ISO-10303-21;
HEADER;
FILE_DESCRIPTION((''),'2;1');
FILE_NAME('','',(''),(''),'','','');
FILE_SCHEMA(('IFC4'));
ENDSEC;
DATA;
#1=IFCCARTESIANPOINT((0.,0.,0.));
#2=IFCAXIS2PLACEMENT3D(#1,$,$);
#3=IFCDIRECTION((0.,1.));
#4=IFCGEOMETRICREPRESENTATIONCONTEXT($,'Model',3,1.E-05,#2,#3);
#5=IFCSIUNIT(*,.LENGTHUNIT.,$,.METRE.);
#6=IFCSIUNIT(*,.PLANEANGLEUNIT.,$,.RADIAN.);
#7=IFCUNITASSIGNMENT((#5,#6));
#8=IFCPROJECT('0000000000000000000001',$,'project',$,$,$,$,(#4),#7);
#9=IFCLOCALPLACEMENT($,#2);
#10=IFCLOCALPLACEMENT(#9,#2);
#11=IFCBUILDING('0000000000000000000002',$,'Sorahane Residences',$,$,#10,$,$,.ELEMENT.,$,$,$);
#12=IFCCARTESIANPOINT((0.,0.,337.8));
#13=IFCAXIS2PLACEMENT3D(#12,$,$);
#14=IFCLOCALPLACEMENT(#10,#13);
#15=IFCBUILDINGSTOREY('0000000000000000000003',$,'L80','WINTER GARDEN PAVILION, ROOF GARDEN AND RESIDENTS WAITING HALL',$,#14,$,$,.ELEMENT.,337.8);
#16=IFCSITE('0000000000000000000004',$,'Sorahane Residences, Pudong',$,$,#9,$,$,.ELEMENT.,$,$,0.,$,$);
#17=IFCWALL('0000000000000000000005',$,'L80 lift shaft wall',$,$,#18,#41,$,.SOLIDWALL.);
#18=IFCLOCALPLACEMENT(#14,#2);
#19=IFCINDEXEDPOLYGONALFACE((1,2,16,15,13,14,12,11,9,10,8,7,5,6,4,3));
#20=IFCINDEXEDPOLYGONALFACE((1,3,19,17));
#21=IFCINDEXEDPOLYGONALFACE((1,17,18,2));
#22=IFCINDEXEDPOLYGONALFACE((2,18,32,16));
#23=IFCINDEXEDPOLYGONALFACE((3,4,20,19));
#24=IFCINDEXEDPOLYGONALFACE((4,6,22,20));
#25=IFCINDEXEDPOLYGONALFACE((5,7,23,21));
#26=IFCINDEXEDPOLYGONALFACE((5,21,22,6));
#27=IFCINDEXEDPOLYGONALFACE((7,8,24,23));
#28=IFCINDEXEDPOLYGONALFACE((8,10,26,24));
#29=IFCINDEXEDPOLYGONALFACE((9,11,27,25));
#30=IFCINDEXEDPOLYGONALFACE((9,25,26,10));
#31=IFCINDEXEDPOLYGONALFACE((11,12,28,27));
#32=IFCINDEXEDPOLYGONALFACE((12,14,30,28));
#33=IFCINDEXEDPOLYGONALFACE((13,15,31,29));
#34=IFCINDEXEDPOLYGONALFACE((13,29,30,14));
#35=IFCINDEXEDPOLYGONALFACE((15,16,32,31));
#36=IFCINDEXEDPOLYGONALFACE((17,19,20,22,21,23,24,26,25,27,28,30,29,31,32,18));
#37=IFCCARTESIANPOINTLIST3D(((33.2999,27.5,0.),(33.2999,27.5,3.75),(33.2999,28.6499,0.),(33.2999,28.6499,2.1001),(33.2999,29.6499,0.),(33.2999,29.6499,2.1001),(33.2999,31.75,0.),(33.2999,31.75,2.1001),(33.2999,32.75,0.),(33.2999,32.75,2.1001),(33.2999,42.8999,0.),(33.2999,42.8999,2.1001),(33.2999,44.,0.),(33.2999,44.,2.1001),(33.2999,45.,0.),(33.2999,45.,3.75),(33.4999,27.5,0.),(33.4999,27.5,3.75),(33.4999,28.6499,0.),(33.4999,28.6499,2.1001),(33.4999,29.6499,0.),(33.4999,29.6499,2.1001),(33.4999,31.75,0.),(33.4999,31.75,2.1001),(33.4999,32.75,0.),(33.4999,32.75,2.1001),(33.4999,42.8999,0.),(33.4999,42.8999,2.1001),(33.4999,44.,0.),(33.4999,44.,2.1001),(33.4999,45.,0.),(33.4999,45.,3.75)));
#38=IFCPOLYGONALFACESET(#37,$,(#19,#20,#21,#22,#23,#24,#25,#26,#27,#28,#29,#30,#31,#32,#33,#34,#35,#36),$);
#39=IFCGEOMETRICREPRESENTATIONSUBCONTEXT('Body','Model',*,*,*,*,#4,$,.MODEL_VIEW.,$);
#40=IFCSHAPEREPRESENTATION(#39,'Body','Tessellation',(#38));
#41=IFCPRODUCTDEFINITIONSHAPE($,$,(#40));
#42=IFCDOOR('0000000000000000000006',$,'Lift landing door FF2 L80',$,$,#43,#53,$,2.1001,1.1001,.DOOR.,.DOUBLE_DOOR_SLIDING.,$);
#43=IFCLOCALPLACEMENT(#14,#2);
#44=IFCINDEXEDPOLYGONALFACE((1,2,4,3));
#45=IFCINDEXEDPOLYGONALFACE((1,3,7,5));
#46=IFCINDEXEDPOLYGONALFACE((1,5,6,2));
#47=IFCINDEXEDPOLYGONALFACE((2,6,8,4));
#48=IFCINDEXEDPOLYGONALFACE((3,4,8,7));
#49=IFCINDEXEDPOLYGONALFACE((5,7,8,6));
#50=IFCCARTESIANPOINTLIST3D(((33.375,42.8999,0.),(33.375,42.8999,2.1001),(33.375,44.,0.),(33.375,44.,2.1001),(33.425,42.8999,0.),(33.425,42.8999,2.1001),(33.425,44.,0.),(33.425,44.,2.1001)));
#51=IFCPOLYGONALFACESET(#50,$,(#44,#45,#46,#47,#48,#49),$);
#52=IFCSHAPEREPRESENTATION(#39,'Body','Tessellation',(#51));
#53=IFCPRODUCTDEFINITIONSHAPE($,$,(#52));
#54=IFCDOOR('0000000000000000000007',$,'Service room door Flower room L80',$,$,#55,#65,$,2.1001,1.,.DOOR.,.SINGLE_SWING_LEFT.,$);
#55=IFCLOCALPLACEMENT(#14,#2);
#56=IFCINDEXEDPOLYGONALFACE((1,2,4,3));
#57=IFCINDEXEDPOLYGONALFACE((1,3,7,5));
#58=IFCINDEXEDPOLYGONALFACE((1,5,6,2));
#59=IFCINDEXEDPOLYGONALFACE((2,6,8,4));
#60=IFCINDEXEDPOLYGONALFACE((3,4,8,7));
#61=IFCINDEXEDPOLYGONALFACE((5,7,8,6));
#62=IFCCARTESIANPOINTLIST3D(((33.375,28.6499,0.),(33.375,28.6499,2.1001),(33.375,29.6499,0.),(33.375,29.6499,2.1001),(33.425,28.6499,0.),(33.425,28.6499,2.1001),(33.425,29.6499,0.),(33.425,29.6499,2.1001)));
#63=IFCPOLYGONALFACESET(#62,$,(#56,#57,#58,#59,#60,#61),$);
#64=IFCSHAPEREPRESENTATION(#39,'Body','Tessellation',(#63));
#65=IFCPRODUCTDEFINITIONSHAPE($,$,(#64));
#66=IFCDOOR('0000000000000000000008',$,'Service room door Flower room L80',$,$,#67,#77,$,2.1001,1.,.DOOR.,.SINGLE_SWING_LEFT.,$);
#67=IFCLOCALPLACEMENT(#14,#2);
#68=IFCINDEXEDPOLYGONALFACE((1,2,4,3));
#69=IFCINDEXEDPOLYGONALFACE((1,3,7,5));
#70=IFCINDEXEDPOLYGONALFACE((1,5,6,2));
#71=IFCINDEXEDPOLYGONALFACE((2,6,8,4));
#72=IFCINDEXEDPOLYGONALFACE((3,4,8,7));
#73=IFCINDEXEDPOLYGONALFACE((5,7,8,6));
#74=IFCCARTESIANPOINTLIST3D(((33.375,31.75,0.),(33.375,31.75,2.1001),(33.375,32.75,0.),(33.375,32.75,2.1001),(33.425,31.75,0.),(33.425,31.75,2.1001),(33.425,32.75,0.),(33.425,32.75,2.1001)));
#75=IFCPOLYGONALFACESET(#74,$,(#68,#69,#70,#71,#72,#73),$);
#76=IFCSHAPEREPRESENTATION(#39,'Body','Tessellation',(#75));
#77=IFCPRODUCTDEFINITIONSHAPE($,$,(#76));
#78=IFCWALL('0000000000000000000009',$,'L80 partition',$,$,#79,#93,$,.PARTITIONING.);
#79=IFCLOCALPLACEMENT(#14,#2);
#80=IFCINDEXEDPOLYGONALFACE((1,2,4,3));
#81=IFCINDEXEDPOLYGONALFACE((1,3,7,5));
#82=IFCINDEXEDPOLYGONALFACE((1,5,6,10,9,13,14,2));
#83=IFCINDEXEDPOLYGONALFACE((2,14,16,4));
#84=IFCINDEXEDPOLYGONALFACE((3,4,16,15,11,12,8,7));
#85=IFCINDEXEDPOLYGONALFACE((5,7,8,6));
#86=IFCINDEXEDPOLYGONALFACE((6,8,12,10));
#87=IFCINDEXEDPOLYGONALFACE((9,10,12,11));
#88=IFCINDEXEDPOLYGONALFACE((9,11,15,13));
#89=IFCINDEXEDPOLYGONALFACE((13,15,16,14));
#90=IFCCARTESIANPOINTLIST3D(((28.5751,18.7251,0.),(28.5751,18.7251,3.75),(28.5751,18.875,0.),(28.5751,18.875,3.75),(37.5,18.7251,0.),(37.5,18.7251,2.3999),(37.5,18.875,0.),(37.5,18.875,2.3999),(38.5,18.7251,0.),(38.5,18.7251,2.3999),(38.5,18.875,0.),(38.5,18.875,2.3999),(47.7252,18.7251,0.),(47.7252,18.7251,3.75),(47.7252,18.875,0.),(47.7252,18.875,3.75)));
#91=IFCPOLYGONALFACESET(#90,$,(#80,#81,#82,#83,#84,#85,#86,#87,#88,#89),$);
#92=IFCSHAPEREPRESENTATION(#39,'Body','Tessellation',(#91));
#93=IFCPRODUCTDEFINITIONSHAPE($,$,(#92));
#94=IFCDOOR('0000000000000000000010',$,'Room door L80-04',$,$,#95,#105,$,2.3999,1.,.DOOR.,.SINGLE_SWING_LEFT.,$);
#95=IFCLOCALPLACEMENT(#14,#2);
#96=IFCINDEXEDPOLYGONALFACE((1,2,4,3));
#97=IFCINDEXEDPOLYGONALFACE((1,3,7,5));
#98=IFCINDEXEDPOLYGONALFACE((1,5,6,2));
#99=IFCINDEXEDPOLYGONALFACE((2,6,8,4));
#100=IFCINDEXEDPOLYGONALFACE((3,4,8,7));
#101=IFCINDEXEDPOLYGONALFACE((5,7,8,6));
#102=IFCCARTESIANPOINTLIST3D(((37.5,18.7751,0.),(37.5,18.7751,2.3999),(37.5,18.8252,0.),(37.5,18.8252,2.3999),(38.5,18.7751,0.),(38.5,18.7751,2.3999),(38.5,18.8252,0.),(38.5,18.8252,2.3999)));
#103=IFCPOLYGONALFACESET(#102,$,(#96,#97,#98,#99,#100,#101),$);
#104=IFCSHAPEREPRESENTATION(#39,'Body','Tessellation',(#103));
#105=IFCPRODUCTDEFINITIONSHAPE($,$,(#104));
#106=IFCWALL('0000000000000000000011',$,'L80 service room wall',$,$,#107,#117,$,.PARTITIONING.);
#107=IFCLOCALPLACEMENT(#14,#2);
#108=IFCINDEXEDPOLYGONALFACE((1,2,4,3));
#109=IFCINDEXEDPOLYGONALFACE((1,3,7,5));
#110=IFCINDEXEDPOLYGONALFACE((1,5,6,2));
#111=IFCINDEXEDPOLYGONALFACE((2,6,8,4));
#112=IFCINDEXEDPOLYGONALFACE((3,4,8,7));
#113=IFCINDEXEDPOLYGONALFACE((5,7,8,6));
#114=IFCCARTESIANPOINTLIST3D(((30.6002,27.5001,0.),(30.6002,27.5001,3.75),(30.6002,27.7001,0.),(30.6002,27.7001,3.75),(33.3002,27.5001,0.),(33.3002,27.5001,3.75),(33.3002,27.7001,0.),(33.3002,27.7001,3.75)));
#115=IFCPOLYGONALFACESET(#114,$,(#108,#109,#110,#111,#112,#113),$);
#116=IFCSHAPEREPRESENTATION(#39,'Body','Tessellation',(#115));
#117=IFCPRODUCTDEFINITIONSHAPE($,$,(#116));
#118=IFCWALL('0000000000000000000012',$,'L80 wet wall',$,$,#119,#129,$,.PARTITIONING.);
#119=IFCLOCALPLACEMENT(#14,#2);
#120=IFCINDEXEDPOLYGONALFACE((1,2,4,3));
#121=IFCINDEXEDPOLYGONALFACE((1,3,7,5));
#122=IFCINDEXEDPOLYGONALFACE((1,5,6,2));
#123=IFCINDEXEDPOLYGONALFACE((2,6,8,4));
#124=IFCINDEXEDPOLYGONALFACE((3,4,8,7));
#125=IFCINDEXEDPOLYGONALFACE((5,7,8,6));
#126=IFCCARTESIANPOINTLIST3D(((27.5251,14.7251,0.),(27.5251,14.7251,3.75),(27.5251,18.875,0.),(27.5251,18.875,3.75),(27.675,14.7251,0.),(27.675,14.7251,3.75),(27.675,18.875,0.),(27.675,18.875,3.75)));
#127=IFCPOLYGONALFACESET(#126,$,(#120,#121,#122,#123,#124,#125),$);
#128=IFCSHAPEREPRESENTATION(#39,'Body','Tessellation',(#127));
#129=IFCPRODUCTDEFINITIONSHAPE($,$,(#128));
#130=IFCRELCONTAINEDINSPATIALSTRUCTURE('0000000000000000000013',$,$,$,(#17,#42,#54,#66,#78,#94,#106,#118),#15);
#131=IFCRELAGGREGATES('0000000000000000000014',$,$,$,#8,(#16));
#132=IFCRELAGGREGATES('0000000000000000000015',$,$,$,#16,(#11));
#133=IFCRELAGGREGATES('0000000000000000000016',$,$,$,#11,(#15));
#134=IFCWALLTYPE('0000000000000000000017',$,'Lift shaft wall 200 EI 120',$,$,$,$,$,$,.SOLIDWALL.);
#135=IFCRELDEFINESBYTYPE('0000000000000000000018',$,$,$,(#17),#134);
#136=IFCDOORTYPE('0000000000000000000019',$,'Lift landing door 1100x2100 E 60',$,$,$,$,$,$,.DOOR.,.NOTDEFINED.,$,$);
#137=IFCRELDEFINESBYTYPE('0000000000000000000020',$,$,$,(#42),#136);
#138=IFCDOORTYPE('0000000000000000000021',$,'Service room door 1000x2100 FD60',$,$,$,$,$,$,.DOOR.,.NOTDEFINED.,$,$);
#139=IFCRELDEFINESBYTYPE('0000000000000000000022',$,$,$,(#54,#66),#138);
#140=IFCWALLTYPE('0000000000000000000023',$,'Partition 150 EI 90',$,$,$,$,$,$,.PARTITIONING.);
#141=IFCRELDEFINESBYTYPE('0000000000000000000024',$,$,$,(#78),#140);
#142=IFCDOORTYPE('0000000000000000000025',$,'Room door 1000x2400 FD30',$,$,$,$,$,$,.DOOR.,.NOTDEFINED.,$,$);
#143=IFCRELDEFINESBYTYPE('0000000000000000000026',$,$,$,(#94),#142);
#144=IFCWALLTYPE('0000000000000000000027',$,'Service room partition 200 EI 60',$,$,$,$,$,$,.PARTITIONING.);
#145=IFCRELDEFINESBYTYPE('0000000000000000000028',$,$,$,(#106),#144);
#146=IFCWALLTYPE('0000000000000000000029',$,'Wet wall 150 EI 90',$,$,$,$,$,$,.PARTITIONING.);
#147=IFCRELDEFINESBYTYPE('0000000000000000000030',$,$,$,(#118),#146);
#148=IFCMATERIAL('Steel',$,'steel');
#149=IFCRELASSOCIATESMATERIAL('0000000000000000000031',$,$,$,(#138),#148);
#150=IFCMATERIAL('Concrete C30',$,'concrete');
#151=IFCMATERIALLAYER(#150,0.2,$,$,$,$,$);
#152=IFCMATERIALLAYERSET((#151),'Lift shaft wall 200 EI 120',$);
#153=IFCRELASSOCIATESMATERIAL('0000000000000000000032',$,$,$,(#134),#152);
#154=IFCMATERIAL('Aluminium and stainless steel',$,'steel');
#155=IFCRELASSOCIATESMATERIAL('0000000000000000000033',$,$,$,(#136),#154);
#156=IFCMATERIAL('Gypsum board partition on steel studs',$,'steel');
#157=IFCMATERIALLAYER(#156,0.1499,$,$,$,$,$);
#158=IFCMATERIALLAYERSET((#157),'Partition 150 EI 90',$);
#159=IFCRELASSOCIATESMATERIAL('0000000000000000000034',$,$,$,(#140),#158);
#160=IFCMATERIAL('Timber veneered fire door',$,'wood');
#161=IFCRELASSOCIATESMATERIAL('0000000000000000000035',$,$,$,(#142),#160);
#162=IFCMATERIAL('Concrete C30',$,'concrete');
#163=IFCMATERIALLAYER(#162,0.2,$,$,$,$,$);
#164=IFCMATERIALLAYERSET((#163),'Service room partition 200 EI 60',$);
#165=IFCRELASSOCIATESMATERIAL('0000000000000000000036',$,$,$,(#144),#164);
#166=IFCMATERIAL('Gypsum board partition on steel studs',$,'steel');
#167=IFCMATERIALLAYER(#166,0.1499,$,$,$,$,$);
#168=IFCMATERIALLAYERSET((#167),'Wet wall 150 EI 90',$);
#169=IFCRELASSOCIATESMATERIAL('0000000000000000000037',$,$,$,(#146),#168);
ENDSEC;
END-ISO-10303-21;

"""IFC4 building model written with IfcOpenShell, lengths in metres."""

from ifc_helpers import new_model, si_unit, direction, frame, frame_2d, origin, place, context, subcontext, project, spatial, rectangle, extrude, material, layer, layer_set, type_object, element, fill, save


model = new_model("IFC4")

# Units and contexts
model_context = context("Model", 3, precision=1e-05, world=origin(), true_north=direction((0.0, 1.0)))
body_context = subcontext(model_context, "Body", "Model", "MODEL_VIEW")
ifc_project = project(units=[si_unit("LENGTHUNIT", "METRE"), si_unit("PLANEANGLEUNIT", "RADIAN")], contexts=[model_context])

# Site, building, storey
site_placement = place(None, origin())
site = spatial("IfcSite", under=ifc_project, at=site_placement, Name="Sorahane Residences, Pudong", CompositionType="ELEMENT", RefElevation=0.0)
building_placement = place(site_placement, origin())
building = spatial("IfcBuilding", under=site, at=building_placement, Name="Sorahane Residences", CompositionType="ELEMENT")
storey_placement = place(building_placement, frame((0.0, 0.0, 337.8)))
storey = spatial("IfcBuildingStorey", under=building, at=storey_placement, Name="L80", Description="WINTER GARDEN PAVILION, ROOF GARDEN AND RESIDENTS WAITING HALL", CompositionType="ELEMENT", Elevation=337.8)

# Shared definitions
ifc_material_1 = material(Name="Steel", Category="steel")
door_type_1 = type_object("IfcDoorType", Name="Service room door 1000x2100 FD60", OperationType="NOTDEFINED", PredefinedType="DOOR", material=ifc_material_1)

# Wall, openings, doors
ifc_material_2 = material(Name="Concrete C30", Category="concrete")
ifc_layer_1 = layer(ifc_material_2, 0.2)
ifc_layer_set_1 = layer_set([ifc_layer_1], Name="Lift shaft wall 200 EI 120")
wall_type_1 = type_object("IfcWallType", Name="Lift shaft wall 200 EI 120", PredefinedType="SOLIDWALL", material=ifc_layer_set_1)
wall_1_placement = place(storey_placement, frame((33.3999, 27.5, 0.0), z_axis=(0.0, 0.0, 1.0), x_axis=(0.0, 1.0, 0.0)))
wall_1 = element("IfcWall", 1, at=wall_1_placement, inside=storey, type_object=wall_type_1, Name="L80 lift shaft wall", PredefinedType="SOLIDWALL", context=body_context, shape_type="SweptSolid", body=[
    extrude(rectangle(XDim=17.5, YDim=0.2, at=frame_2d((8.75, 0.0))), origin(), (0.0, 0.0, 1.0), 3.75),
])
opening_1_placement = place(wall_1_placement, frame((15.3999, 0.0, 0.0)))
opening_1 = element("IfcOpeningElement", 2, at=opening_1_placement, cuts=wall_1, PredefinedType="OPENING", context=body_context, shape_type="SweptSolid", body=[
    extrude(rectangle(XDim=1.1001, YDim=2.1001, at=frame_2d((0.55, 1.05))), frame((0.0, 0.1099, 0.0), z_axis=(0.0, -1.0, 0.0), x_axis=(1.0, 0.0, 0.0)), (0.0, 0.0, 1.0), 0.22),
])
opening_2_placement = place(wall_1_placement, frame((1.1499, 0.0, 0.0)))
opening_2 = element("IfcOpeningElement", 3, at=opening_2_placement, cuts=wall_1, PredefinedType="OPENING", context=body_context, shape_type="SweptSolid", body=[
    extrude(rectangle(XDim=1.0, YDim=2.1001, at=frame_2d((0.5, 1.05))), frame((0.0, 0.1099, 0.0), z_axis=(0.0, -1.0, 0.0), x_axis=(1.0, 0.0, 0.0)), (0.0, 0.0, 1.0), 0.22),
])
opening_3_placement = place(wall_1_placement, frame((4.25, 0.0, 0.0)))
opening_3 = element("IfcOpeningElement", 4, at=opening_3_placement, cuts=wall_1, PredefinedType="OPENING", context=body_context, shape_type="SweptSolid", body=[
    extrude(rectangle(XDim=1.0, YDim=2.1001, at=frame_2d((0.5, 1.05))), frame((0.0, 0.1099, 0.0), z_axis=(0.0, -1.0, 0.0), x_axis=(1.0, 0.0, 0.0)), (0.0, 0.0, 1.0), 0.22),
])
ifc_material_3 = material(Name="Aluminium and stainless steel", Category="steel")
door_type_2 = type_object("IfcDoorType", Name="Lift landing door 1100x2100 E 60", OperationType="NOTDEFINED", PredefinedType="DOOR", material=ifc_material_3)
door_1_placement = place(opening_1_placement, origin())
door_1 = element("IfcDoor", 5, at=door_1_placement, inside=storey, type_object=door_type_2, Name="Lift landing door FF2 L80", OperationType="DOUBLE_DOOR_SLIDING", OverallHeight=2.1001, OverallWidth=1.1001, PredefinedType="DOOR", context=body_context, shape_type="SweptSolid", body=[
    extrude(rectangle(XDim=1.1001, YDim=2.1001, at=frame_2d((0.55, 1.05))), frame((0.0, 0.0249, 0.0), z_axis=(0.0, -1.0, 0.0), x_axis=(1.0, 0.0, 0.0)), (0.0, 0.0, 1.0), 0.05),
])
fill(opening_1, door_1)
door_2_placement = place(opening_2_placement, origin())
door_2 = element("IfcDoor", 6, at=door_2_placement, inside=storey, type_object=door_type_1, Name="Service room door Flower room L80", OperationType="SINGLE_SWING_LEFT", OverallHeight=2.1001, OverallWidth=1.0, PredefinedType="DOOR", context=body_context, shape_type="SweptSolid", body=[
    extrude(rectangle(XDim=1.0, YDim=2.1001, at=frame_2d((0.5, 1.05))), frame((0.0, 0.0249, 0.0), z_axis=(0.0, -1.0, 0.0), x_axis=(1.0, 0.0, 0.0)), (0.0, 0.0, 1.0), 0.05),
])
fill(opening_2, door_2)
door_3_placement = place(opening_3_placement, origin())
door_3 = element("IfcDoor", 7, at=door_3_placement, inside=storey, type_object=door_type_1, Name="Service room door Flower room L80", OperationType="SINGLE_SWING_LEFT", OverallHeight=2.1001, OverallWidth=1.0, PredefinedType="DOOR", context=body_context, shape_type="SweptSolid", body=[
    extrude(rectangle(XDim=1.0, YDim=2.1001, at=frame_2d((0.5, 1.05))), frame((0.0, 0.0249, 0.0), z_axis=(0.0, -1.0, 0.0), x_axis=(1.0, 0.0, 0.0)), (0.0, 0.0, 1.0), 0.05),
])
fill(opening_3, door_3)

# Wall, opening, door
ifc_material_4 = material(Name="Gypsum board partition on steel studs", Category="steel")
ifc_layer_2 = layer(ifc_material_4, 0.1499)
ifc_layer_set_2 = layer_set([ifc_layer_2], Name="Partition 150 EI 90")
wall_type_2 = type_object("IfcWallType", Name="Partition 150 EI 90", PredefinedType="PARTITIONING", material=ifc_layer_set_2)
wall_2_placement = place(storey_placement, frame((28.575, 18.8, 0.0), z_axis=(0.0, 0.0, 1.0), x_axis=(1.0, 0.0, 0.0)))
wall_2 = element("IfcWall", 8, at=wall_2_placement, inside=storey, type_object=wall_type_2, Name="L80 partition", PredefinedType="PARTITIONING", context=body_context, shape_type="SweptSolid", body=[
    extrude(rectangle(XDim=19.1501, YDim=0.1499, at=frame_2d((9.5752, 0.0))), origin(), (0.0, 0.0, 1.0), 3.75),
])
opening_4_placement = place(wall_2_placement, frame((8.925, 0.0, 0.0)))
opening_4 = element("IfcOpeningElement", 9, at=opening_4_placement, cuts=wall_2, PredefinedType="OPENING", context=body_context, shape_type="SweptSolid", body=[
    extrude(rectangle(XDim=1.0, YDim=2.3999, at=frame_2d((0.5, 1.2))), frame((0.0, 0.085, 0.0), z_axis=(0.0, -1.0, 0.0), x_axis=(1.0, 0.0, 0.0)), (0.0, 0.0, 1.0), 0.1699),
])
ifc_material_5 = material(Name="Timber veneered fire door", Category="wood")
door_type_3 = type_object("IfcDoorType", Name="Room door 1000x2400 FD30", OperationType="NOTDEFINED", PredefinedType="DOOR", material=ifc_material_5)
door_4_placement = place(opening_4_placement, frame((1.0, 0.0, 0.0), z_axis=(0.0, 0.0, 1.0), x_axis=(-1.0, 0.0, 0.0)))
door_4 = element("IfcDoor", 10, at=door_4_placement, inside=storey, type_object=door_type_3, Name="Room door L80-04", OperationType="SINGLE_SWING_LEFT", OverallHeight=2.3999, OverallWidth=1.0, PredefinedType="DOOR", context=body_context, shape_type="SweptSolid", body=[
    extrude(rectangle(XDim=1.0, YDim=2.3999, at=frame_2d((0.5, 1.2))), frame((0.0, 0.0249, 0.0), z_axis=(0.0, -1.0, 0.0), x_axis=(1.0, 0.0, 0.0)), (0.0, 0.0, 1.0), 0.05),
])
fill(opening_4, door_4)

# Walls
ifc_material_6 = material(Name="Concrete C30", Category="concrete")
ifc_layer_3 = layer(ifc_material_6, 0.2)
ifc_layer_set_3 = layer_set([ifc_layer_3], Name="Service room partition 200 EI 60")
wall_type_3 = type_object("IfcWallType", Name="Service room partition 200 EI 60", PredefinedType="PARTITIONING", material=ifc_layer_set_3)
wall_3_placement = place(storey_placement, frame((30.6001, 27.6001, 0.0), z_axis=(0.0, 0.0, 1.0), x_axis=(1.0, 0.0, 0.0)))
element("IfcWall", 11, at=wall_3_placement, inside=storey, type_object=wall_type_3, Name="L80 service room wall", PredefinedType="PARTITIONING", context=body_context, shape_type="SweptSolid", body=[
    extrude(rectangle(XDim=2.7, YDim=0.2, at=frame_2d((1.3501, 0.0))), origin(), (0.0, 0.0, 1.0), 3.75),
])
ifc_material_7 = material(Name="Gypsum board partition on steel studs", Category="steel")
ifc_layer_4 = layer(ifc_material_7, 0.1499)
ifc_layer_set_4 = layer_set([ifc_layer_4], Name="Wet wall 150 EI 90")
wall_type_4 = type_object("IfcWallType", Name="Wet wall 150 EI 90", PredefinedType="PARTITIONING", material=ifc_layer_set_4)
wall_4_placement = place(storey_placement, frame((27.6001, 14.7251, 0.0), z_axis=(0.0, 0.0, 1.0), x_axis=(0.0, 1.0, 0.0)))
element("IfcWall", 12, at=wall_4_placement, inside=storey, type_object=wall_type_4, Name="L80 wet wall", PredefinedType="PARTITIONING", context=body_context, shape_type="SweptSolid", body=[
    extrude(rectangle(XDim=4.1499, YDim=0.1499, at=frame_2d((2.075, 0.0))), origin(), (0.0, 0.0, 1.0), 3.75),
])

save(model, "model.ifc")
